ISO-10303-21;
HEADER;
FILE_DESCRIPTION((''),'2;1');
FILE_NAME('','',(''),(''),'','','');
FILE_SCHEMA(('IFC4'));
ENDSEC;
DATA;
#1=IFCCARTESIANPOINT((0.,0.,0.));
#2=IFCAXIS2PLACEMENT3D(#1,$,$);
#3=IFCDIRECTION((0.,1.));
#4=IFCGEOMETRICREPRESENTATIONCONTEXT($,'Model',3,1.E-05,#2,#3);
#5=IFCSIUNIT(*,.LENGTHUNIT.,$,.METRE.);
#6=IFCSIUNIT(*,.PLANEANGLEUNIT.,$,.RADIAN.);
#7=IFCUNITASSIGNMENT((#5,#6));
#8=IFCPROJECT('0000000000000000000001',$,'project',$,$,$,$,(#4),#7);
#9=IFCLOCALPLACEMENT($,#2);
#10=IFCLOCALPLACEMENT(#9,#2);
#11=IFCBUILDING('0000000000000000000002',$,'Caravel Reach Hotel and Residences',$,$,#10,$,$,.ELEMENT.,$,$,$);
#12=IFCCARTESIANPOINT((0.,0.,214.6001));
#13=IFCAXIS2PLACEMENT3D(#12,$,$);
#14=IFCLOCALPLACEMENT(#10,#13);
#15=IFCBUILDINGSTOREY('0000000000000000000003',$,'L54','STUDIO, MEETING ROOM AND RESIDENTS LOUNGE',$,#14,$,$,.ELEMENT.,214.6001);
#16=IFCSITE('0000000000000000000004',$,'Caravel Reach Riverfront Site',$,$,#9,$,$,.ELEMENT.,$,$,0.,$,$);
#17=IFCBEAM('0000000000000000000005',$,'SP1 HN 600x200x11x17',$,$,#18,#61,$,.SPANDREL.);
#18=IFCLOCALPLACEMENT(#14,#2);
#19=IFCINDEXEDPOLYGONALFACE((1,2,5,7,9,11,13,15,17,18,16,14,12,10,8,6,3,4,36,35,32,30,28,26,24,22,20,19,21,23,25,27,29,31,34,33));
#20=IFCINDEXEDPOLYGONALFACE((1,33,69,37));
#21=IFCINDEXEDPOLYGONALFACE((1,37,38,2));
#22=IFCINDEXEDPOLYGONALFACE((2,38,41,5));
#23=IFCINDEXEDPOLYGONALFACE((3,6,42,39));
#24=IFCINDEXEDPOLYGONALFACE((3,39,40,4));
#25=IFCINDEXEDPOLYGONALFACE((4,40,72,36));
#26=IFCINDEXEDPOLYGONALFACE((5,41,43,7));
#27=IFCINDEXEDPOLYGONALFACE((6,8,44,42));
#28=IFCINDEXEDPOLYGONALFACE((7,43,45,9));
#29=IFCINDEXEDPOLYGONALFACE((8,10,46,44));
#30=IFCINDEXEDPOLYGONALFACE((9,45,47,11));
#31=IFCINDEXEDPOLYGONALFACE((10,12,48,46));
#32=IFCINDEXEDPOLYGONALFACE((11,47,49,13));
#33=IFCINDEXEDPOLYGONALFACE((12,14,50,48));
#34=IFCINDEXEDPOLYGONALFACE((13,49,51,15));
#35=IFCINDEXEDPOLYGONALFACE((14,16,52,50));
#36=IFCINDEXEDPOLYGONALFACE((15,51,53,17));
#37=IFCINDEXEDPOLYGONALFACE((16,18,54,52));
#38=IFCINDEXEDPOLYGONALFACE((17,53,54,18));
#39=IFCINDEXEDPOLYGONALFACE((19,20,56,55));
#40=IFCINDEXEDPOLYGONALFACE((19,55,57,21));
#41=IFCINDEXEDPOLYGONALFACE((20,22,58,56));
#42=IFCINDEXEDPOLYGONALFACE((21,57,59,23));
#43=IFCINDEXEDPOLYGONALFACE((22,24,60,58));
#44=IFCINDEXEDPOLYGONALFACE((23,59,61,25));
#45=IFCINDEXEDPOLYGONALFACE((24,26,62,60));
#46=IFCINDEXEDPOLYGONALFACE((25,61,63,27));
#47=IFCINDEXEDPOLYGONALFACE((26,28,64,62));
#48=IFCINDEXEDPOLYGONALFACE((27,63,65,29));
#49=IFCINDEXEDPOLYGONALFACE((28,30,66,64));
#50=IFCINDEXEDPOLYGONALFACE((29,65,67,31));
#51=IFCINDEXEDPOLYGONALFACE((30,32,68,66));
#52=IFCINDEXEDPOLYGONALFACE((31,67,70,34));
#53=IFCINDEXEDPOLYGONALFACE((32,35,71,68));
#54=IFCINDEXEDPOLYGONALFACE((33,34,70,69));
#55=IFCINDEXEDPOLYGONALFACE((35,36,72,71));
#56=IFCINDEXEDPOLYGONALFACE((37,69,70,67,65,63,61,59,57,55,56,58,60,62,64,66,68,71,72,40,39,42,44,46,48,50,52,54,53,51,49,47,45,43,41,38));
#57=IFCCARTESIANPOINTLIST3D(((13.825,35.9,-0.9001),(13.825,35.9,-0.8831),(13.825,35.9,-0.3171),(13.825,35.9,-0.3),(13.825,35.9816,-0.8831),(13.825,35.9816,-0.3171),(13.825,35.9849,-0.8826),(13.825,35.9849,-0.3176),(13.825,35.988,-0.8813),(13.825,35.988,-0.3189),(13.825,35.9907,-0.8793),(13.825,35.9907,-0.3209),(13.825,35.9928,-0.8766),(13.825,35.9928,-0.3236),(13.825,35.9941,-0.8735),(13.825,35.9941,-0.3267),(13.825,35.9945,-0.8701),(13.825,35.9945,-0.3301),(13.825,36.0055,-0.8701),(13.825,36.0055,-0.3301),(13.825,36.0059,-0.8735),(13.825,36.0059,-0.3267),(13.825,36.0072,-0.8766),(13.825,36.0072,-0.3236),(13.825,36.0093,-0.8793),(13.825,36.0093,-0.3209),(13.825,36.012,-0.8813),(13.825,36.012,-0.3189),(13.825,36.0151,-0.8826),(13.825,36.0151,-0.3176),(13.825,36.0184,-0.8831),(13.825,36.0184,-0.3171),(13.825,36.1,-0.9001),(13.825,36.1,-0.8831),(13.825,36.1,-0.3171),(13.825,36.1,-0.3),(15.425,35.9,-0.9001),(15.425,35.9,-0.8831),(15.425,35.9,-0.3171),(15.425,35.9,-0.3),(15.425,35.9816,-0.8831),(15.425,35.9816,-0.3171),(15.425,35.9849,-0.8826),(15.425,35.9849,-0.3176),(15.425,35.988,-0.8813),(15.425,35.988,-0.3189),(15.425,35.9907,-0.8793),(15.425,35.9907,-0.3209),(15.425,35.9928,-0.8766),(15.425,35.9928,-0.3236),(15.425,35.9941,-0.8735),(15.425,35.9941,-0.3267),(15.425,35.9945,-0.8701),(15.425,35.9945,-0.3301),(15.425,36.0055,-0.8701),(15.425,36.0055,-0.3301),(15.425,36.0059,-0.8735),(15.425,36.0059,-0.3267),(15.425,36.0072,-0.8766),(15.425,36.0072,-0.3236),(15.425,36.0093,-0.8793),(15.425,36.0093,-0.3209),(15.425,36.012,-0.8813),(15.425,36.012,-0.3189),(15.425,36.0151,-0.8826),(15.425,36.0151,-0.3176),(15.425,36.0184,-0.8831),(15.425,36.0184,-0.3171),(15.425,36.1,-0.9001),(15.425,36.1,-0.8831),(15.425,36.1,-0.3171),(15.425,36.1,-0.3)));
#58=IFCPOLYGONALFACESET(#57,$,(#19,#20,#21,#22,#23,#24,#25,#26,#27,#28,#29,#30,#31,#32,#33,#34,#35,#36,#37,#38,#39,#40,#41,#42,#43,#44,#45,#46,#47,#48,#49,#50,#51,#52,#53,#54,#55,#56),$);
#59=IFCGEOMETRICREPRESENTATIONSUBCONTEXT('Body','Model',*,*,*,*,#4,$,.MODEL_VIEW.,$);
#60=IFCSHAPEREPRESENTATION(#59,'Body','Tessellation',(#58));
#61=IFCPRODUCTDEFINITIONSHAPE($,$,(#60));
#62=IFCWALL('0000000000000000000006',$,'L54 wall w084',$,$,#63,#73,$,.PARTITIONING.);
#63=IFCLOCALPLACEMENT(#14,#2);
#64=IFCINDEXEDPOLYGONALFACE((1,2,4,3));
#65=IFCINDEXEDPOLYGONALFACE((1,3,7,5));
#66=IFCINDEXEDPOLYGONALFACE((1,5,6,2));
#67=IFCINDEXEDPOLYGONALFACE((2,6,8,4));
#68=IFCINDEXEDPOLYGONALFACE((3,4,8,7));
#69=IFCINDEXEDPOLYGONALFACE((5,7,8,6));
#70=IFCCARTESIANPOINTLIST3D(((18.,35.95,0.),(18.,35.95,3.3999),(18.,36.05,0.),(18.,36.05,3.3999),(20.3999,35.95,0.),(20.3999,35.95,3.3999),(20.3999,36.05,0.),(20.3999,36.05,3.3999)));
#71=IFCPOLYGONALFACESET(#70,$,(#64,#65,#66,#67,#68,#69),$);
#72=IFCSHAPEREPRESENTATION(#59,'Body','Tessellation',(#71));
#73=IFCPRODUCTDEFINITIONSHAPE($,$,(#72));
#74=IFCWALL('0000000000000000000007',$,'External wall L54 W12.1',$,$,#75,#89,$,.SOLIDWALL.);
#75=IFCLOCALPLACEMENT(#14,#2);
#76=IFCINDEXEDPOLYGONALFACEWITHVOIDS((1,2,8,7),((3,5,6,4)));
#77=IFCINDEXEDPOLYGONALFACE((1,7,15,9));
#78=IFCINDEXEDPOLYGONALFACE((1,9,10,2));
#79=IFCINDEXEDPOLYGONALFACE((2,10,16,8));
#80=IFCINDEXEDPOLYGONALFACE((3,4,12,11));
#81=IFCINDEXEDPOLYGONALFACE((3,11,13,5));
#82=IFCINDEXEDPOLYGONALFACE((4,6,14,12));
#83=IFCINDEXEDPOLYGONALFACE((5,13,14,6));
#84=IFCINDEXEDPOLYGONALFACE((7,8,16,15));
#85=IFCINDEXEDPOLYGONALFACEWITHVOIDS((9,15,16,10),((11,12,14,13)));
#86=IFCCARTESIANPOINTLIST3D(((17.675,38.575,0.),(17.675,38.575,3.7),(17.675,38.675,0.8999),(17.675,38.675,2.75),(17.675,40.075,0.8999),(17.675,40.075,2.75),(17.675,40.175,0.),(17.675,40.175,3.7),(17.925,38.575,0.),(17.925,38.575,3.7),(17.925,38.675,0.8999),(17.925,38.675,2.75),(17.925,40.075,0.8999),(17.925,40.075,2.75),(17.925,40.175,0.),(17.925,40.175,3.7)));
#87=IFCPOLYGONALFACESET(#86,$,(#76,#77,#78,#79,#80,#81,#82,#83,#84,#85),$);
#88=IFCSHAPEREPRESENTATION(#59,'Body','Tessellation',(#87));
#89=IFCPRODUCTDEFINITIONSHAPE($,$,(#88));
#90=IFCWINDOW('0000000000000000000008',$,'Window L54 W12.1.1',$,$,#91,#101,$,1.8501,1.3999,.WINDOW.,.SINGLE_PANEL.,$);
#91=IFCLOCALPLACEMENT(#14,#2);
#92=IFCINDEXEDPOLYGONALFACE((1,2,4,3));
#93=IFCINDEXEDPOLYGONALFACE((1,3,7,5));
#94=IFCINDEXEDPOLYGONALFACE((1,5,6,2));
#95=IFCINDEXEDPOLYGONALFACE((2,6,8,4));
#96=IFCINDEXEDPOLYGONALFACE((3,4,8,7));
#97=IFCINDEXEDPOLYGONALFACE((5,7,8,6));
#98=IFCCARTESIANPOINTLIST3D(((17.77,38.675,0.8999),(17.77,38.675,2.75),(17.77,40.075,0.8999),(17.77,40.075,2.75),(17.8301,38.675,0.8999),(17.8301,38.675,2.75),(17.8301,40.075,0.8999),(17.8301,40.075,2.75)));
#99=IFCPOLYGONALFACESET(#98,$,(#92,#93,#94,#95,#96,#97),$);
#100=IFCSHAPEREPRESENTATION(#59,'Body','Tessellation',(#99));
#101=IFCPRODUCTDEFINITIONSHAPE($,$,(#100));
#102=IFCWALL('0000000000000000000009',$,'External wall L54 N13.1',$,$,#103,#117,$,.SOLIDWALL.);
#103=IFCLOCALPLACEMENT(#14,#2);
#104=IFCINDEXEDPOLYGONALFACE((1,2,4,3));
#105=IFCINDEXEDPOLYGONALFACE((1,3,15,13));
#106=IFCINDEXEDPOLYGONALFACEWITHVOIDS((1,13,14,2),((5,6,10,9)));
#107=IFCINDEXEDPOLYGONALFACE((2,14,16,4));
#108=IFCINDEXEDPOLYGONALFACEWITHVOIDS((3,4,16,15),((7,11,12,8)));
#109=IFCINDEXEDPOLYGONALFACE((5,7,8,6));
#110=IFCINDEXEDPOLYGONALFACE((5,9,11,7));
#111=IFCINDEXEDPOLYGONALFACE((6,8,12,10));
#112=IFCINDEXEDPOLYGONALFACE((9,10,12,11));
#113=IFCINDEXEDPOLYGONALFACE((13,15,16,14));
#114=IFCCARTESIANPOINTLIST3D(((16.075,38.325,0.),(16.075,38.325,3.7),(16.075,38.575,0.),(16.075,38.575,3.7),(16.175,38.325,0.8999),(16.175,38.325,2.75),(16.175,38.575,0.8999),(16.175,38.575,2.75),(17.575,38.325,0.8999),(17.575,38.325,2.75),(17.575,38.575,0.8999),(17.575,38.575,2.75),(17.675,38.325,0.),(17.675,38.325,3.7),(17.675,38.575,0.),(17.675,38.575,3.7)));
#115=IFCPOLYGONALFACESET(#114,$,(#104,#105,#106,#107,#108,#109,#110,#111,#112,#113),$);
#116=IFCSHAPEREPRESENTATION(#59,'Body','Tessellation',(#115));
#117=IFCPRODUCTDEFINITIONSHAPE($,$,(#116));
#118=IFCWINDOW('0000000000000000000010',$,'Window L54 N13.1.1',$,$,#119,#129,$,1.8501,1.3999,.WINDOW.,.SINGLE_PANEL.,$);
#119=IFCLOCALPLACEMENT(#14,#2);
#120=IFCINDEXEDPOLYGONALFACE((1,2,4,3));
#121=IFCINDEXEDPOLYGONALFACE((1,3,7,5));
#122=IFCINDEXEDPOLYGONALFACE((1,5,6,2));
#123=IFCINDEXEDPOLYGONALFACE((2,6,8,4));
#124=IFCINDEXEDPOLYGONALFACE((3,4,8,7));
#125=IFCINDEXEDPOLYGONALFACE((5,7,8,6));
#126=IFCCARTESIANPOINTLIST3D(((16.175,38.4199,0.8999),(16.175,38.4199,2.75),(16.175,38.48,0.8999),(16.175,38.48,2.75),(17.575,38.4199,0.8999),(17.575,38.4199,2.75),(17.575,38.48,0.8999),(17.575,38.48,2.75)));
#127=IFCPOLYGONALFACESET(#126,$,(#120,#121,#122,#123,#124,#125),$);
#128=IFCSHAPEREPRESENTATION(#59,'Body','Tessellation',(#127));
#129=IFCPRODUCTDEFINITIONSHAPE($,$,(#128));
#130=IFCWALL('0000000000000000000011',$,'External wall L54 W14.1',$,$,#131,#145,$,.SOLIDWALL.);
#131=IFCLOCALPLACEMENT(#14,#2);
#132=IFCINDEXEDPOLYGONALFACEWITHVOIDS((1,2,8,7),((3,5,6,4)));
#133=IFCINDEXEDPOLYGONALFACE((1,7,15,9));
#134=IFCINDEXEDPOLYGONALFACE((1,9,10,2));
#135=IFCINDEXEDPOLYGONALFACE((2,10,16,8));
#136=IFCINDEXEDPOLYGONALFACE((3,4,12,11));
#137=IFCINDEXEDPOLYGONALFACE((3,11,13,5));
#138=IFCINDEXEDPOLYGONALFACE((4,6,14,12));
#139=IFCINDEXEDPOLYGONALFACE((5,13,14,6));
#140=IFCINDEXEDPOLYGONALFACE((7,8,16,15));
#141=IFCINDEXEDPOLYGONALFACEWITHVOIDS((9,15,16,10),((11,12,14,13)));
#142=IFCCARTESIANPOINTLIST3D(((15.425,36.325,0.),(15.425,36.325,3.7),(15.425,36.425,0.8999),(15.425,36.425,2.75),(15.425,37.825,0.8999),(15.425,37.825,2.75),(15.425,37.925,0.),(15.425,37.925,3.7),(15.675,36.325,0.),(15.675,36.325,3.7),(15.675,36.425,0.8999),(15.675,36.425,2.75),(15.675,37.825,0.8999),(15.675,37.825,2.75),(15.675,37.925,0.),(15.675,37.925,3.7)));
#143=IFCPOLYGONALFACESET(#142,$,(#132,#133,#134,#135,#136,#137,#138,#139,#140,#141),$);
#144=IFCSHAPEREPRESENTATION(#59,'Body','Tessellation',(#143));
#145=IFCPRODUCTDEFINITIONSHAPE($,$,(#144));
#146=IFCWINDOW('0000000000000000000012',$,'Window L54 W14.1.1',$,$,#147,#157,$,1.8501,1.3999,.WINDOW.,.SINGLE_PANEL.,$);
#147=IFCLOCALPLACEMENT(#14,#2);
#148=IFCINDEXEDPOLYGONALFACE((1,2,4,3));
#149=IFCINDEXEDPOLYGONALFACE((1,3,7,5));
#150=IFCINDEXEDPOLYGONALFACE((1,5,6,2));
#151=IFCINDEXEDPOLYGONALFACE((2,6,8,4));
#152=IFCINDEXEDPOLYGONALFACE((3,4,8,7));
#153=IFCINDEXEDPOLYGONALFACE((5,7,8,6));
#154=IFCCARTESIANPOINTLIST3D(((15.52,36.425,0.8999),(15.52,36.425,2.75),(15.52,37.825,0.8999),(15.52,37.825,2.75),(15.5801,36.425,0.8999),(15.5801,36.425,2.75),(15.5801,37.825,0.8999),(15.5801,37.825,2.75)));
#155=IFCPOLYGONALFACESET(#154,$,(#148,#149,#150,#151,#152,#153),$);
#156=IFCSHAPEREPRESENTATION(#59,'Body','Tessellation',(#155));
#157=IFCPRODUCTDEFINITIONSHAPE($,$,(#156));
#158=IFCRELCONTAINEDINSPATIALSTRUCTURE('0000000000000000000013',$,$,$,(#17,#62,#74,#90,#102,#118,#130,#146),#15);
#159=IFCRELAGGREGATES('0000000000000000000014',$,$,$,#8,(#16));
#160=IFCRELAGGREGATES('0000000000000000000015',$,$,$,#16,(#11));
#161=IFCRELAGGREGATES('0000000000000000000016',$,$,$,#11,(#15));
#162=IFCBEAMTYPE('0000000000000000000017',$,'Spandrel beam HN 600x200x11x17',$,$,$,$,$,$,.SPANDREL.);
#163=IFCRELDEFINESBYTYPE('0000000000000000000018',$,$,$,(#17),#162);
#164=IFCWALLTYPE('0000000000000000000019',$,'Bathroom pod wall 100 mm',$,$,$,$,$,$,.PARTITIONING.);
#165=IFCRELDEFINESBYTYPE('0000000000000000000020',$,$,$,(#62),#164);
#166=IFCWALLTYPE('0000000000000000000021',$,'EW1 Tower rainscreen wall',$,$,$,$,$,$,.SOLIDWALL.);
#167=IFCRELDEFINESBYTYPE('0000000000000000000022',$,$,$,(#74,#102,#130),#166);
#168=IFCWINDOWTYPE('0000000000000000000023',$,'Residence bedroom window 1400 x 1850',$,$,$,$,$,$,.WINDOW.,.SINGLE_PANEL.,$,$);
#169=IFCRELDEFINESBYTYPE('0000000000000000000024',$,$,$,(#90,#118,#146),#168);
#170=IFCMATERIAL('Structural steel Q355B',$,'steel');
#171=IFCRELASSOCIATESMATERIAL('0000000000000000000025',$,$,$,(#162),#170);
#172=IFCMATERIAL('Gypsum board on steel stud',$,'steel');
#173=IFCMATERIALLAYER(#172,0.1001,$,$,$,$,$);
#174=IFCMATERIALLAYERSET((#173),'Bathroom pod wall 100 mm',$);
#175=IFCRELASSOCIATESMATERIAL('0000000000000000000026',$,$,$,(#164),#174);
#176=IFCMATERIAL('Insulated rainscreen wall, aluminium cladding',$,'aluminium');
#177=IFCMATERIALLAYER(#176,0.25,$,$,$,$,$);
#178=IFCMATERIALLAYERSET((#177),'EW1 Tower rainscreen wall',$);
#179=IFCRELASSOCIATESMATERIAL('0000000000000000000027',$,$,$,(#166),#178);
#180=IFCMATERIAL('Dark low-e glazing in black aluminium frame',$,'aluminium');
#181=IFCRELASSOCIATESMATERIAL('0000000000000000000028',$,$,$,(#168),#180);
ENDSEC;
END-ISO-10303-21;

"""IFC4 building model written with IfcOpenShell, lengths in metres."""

from ifc_helpers import new_model, si_unit, direction, frame, frame_2d, origin, origin_2d, place, context, subcontext, project, spatial, rectangle, i_section, extrude, material, layer, layer_set, material_profile, profile_set, type_object, element, fill, save


model = new_model("IFC4")

# Units and contexts
model_context = context("Model", 3, precision=1e-05, world=origin(), true_north=direction((0.0, 1.0)))
body_context = subcontext(model_context, "Body", "Model", "MODEL_VIEW")
ifc_project = project(units=[si_unit("LENGTHUNIT", "METRE"), si_unit("PLANEANGLEUNIT", "RADIAN")], contexts=[model_context])

# Site, building, storey
site_placement = place(None, origin())
site = spatial("IfcSite", under=ifc_project, at=site_placement, Name="Caravel Reach Riverfront Site", CompositionType="ELEMENT", RefElevation=0.0)
building_placement = place(site_placement, origin())
building = spatial("IfcBuilding", under=site, at=building_placement, Name="Caravel Reach Hotel and Residences", CompositionType="ELEMENT")
storey_placement = place(building_placement, frame((0.0, 0.0, 214.6001)))
storey = spatial("IfcBuildingStorey", under=building, at=storey_placement, Name="L54", Description="STUDIO, MEETING ROOM AND RESIDENTS LOUNGE", CompositionType="ELEMENT", Elevation=214.6001)

# Beam
ifc_material_1 = material(Name="Structural steel Q355B", Category="steel")
ifc_material_profile_1 = material_profile(ifc_material_1, i_section(OverallWidth=0.2, OverallDepth=0.6001, WebThickness=0.011, FlangeThickness=0.0171, FilletRadius=0.0129, at=origin_2d()), Name="HN 600x200x11x17")
ifc_profile_set_1 = profile_set([ifc_material_profile_1], Name="Structural steel Q355B")
beam_type = type_object("IfcBeamType", Name="Spandrel beam HN 600x200x11x17", PredefinedType="SPANDREL", material=ifc_profile_set_1)
for number, where, z_axis, x_axis, name in (
    (1, (15.425, 36.0, -0.6001), (-1.0, 0.0, 0.0), (0.0, -1.0, 0.0), "SP1 HN 600x200x11x17"),
):
    element("IfcBeam", number, at=place(storey_placement, frame(where, z_axis=z_axis, x_axis=x_axis)), inside=storey, type_object=beam_type, Name=name, PredefinedType="SPANDREL", context=body_context, shape_type="SweptSolid", body=[
        extrude(i_section(OverallWidth=0.2, OverallDepth=0.6001, WebThickness=0.011, FlangeThickness=0.0171, FilletRadius=0.0129, at=origin_2d()), origin(), (0.0, 0.0, 1.0), 1.6001),
    ])

# Wall
ifc_material_2 = material(Name="Gypsum board on steel stud", Category="steel")
ifc_layer_1 = layer(ifc_material_2, 0.1001)
ifc_layer_set_1 = layer_set([ifc_layer_1], Name="Bathroom pod wall 100 mm")
wall_type_1 = type_object("IfcWallType", Name="Bathroom pod wall 100 mm", PredefinedType="PARTITIONING", material=ifc_layer_set_1)
wall_1_placement = place(storey_placement, frame((18.0, 36.0, 0.0), z_axis=(0.0, 0.0, 1.0), x_axis=(1.0, 0.0, 0.0)))
element("IfcWall", 2, at=wall_1_placement, inside=storey, type_object=wall_type_1, Name="L54 wall w084", PredefinedType="PARTITIONING", context=body_context, shape_type="SweptSolid", body=[
    extrude(rectangle(XDim=2.3999, YDim=0.1001, at=frame_2d((1.2, 0.0))), origin(), (0.0, 0.0, 1.0), 3.3999),
])

# Walls, openings, windows
ifc_material_3 = material(Name="Insulated rainscreen wall, aluminium cladding", Category="aluminium")
ifc_layer_2 = layer(ifc_material_3, 0.25)
ifc_layer_set_2 = layer_set([ifc_layer_2], Name="EW1 Tower rainscreen wall")
wall_type_2 = type_object("IfcWallType", Name="EW1 Tower rainscreen wall", PredefinedType="SOLIDWALL", material=ifc_layer_set_2)
wall_2_placement = place(storey_placement, frame((17.8, 40.175, 0.0), z_axis=(0.0, 0.0, 1.0), x_axis=(0.0, -1.0, 0.0)))
wall_2 = element("IfcWall", 3, at=wall_2_placement, inside=storey, type_object=wall_type_2, Name="External wall L54 W12.1", PredefinedType="SOLIDWALL", context=body_context, shape_type="SweptSolid", body=[
    extrude(rectangle(XDim=1.6001, YDim=0.25, at=frame_2d((0.8, 0.0))), origin(), (0.0, 0.0, 1.0), 3.7),
])
opening_1_placement = place(wall_2_placement, frame((0.1001, 0.0, 0.8999)))
opening_1 = element("IfcOpeningElement", 4, at=opening_1_placement, cuts=wall_2, PredefinedType="OPENING", context=body_context, shape_type="SweptSolid", body=[
    extrude(rectangle(XDim=1.3999, YDim=1.8501, at=frame_2d((0.7, 0.925))), frame((0.0, 0.135, 0.0), z_axis=(0.0, -1.0, 0.0), x_axis=(1.0, 0.0, 0.0)), (0.0, 0.0, 1.0), 0.27),
])
ifc_material_4 = material(Name="Dark low-e glazing in black aluminium frame", Category="aluminium")
window_type = type_object("IfcWindowType", Name="Residence bedroom window 1400 x 1850", PartitioningType="SINGLE_PANEL", PredefinedType="WINDOW", material=ifc_material_4)
window_1_placement = place(opening_1_placement, origin())
window_1 = element("IfcWindow", 5, at=window_1_placement, inside=storey, type_object=window_type, Name="Window L54 W12.1.1", OverallHeight=1.8501, OverallWidth=1.3999, PartitioningType="SINGLE_PANEL", PredefinedType="WINDOW", context=body_context, shape_type="SweptSolid", body=[
    extrude(rectangle(XDim=1.3999, YDim=1.8501, at=frame_2d((0.7, 0.925))), frame((0.0, 0.03, 0.0), z_axis=(0.0, -1.0, 0.0), x_axis=(1.0, 0.0, 0.0)), (0.0, 0.0, 1.0), 0.0601),
])
fill(opening_1, window_1)
wall_3_placement = place(storey_placement, frame((17.675, 38.45, 0.0), z_axis=(0.0, 0.0, 1.0), x_axis=(-1.0, 0.0, 0.0)))
wall_3 = element("IfcWall", 6, at=wall_3_placement, inside=storey, type_object=wall_type_2, Name="External wall L54 N13.1", PredefinedType="SOLIDWALL", context=body_context, shape_type="SweptSolid", body=[
    extrude(rectangle(XDim=1.6001, YDim=0.25, at=frame_2d((0.8, 0.0))), origin(), (0.0, 0.0, 1.0), 3.7),
])
opening_2_placement = place(wall_3_placement, frame((0.1001, 0.0, 0.8999)))
opening_2 = element("IfcOpeningElement", 7, at=opening_2_placement, cuts=wall_3, PredefinedType="OPENING", context=body_context, shape_type="SweptSolid", body=[
    extrude(rectangle(XDim=1.3999, YDim=1.8501, at=frame_2d((0.7, 0.925))), frame((0.0, 0.135, 0.0), z_axis=(0.0, -1.0, 0.0), x_axis=(1.0, 0.0, 0.0)), (0.0, 0.0, 1.0), 0.27),
])
window_2_placement = place(opening_2_placement, origin())
window_2 = element("IfcWindow", 8, at=window_2_placement, inside=storey, type_object=window_type, Name="Window L54 N13.1.1", OverallHeight=1.8501, OverallWidth=1.3999, PartitioningType="SINGLE_PANEL", PredefinedType="WINDOW", context=body_context, shape_type="SweptSolid", body=[
    extrude(rectangle(XDim=1.3999, YDim=1.8501, at=frame_2d((0.7, 0.925))), frame((0.0, 0.03, 0.0), z_axis=(0.0, -1.0, 0.0), x_axis=(1.0, 0.0, 0.0)), (0.0, 0.0, 1.0), 0.0601),
])
fill(opening_2, window_2)
wall_4_placement = place(storey_placement, frame((15.55, 37.925, 0.0), z_axis=(0.0, 0.0, 1.0), x_axis=(0.0, -1.0, 0.0)))
wall_4 = element("IfcWall", 9, at=wall_4_placement, inside=storey, type_object=wall_type_2, Name="External wall L54 W14.1", PredefinedType="SOLIDWALL", context=body_context, shape_type="SweptSolid", body=[
    extrude(rectangle(XDim=1.6001, YDim=0.25, at=frame_2d((0.8, 0.0))), origin(), (0.0, 0.0, 1.0), 3.7),
])
opening_3_placement = place(wall_4_placement, frame((0.1001, 0.0, 0.8999)))
opening_3 = element("IfcOpeningElement", 10, at=opening_3_placement, cuts=wall_4, PredefinedType="OPENING", context=body_context, shape_type="SweptSolid", body=[
    extrude(rectangle(XDim=1.3999, YDim=1.8501, at=frame_2d((0.7, 0.925))), frame((0.0, 0.135, 0.0), z_axis=(0.0, -1.0, 0.0), x_axis=(1.0, 0.0, 0.0)), (0.0, 0.0, 1.0), 0.27),
])
window_3_placement = place(opening_3_placement, origin())
window_3 = element("IfcWindow", 11, at=window_3_placement, inside=storey, type_object=window_type, Name="Window L54 W14.1.1", OverallHeight=1.8501, OverallWidth=1.3999, PartitioningType="SINGLE_PANEL", PredefinedType="WINDOW", context=body_context, shape_type="SweptSolid", body=[
    extrude(rectangle(XDim=1.3999, YDim=1.8501, at=frame_2d((0.7, 0.925))), frame((0.0, 0.03, 0.0), z_axis=(0.0, -1.0, 0.0), x_axis=(1.0, 0.0, 0.0)), (0.0, 0.0, 1.0), 0.0601),
])
fill(opening_3, window_3)

save(model, "model.ifc")
